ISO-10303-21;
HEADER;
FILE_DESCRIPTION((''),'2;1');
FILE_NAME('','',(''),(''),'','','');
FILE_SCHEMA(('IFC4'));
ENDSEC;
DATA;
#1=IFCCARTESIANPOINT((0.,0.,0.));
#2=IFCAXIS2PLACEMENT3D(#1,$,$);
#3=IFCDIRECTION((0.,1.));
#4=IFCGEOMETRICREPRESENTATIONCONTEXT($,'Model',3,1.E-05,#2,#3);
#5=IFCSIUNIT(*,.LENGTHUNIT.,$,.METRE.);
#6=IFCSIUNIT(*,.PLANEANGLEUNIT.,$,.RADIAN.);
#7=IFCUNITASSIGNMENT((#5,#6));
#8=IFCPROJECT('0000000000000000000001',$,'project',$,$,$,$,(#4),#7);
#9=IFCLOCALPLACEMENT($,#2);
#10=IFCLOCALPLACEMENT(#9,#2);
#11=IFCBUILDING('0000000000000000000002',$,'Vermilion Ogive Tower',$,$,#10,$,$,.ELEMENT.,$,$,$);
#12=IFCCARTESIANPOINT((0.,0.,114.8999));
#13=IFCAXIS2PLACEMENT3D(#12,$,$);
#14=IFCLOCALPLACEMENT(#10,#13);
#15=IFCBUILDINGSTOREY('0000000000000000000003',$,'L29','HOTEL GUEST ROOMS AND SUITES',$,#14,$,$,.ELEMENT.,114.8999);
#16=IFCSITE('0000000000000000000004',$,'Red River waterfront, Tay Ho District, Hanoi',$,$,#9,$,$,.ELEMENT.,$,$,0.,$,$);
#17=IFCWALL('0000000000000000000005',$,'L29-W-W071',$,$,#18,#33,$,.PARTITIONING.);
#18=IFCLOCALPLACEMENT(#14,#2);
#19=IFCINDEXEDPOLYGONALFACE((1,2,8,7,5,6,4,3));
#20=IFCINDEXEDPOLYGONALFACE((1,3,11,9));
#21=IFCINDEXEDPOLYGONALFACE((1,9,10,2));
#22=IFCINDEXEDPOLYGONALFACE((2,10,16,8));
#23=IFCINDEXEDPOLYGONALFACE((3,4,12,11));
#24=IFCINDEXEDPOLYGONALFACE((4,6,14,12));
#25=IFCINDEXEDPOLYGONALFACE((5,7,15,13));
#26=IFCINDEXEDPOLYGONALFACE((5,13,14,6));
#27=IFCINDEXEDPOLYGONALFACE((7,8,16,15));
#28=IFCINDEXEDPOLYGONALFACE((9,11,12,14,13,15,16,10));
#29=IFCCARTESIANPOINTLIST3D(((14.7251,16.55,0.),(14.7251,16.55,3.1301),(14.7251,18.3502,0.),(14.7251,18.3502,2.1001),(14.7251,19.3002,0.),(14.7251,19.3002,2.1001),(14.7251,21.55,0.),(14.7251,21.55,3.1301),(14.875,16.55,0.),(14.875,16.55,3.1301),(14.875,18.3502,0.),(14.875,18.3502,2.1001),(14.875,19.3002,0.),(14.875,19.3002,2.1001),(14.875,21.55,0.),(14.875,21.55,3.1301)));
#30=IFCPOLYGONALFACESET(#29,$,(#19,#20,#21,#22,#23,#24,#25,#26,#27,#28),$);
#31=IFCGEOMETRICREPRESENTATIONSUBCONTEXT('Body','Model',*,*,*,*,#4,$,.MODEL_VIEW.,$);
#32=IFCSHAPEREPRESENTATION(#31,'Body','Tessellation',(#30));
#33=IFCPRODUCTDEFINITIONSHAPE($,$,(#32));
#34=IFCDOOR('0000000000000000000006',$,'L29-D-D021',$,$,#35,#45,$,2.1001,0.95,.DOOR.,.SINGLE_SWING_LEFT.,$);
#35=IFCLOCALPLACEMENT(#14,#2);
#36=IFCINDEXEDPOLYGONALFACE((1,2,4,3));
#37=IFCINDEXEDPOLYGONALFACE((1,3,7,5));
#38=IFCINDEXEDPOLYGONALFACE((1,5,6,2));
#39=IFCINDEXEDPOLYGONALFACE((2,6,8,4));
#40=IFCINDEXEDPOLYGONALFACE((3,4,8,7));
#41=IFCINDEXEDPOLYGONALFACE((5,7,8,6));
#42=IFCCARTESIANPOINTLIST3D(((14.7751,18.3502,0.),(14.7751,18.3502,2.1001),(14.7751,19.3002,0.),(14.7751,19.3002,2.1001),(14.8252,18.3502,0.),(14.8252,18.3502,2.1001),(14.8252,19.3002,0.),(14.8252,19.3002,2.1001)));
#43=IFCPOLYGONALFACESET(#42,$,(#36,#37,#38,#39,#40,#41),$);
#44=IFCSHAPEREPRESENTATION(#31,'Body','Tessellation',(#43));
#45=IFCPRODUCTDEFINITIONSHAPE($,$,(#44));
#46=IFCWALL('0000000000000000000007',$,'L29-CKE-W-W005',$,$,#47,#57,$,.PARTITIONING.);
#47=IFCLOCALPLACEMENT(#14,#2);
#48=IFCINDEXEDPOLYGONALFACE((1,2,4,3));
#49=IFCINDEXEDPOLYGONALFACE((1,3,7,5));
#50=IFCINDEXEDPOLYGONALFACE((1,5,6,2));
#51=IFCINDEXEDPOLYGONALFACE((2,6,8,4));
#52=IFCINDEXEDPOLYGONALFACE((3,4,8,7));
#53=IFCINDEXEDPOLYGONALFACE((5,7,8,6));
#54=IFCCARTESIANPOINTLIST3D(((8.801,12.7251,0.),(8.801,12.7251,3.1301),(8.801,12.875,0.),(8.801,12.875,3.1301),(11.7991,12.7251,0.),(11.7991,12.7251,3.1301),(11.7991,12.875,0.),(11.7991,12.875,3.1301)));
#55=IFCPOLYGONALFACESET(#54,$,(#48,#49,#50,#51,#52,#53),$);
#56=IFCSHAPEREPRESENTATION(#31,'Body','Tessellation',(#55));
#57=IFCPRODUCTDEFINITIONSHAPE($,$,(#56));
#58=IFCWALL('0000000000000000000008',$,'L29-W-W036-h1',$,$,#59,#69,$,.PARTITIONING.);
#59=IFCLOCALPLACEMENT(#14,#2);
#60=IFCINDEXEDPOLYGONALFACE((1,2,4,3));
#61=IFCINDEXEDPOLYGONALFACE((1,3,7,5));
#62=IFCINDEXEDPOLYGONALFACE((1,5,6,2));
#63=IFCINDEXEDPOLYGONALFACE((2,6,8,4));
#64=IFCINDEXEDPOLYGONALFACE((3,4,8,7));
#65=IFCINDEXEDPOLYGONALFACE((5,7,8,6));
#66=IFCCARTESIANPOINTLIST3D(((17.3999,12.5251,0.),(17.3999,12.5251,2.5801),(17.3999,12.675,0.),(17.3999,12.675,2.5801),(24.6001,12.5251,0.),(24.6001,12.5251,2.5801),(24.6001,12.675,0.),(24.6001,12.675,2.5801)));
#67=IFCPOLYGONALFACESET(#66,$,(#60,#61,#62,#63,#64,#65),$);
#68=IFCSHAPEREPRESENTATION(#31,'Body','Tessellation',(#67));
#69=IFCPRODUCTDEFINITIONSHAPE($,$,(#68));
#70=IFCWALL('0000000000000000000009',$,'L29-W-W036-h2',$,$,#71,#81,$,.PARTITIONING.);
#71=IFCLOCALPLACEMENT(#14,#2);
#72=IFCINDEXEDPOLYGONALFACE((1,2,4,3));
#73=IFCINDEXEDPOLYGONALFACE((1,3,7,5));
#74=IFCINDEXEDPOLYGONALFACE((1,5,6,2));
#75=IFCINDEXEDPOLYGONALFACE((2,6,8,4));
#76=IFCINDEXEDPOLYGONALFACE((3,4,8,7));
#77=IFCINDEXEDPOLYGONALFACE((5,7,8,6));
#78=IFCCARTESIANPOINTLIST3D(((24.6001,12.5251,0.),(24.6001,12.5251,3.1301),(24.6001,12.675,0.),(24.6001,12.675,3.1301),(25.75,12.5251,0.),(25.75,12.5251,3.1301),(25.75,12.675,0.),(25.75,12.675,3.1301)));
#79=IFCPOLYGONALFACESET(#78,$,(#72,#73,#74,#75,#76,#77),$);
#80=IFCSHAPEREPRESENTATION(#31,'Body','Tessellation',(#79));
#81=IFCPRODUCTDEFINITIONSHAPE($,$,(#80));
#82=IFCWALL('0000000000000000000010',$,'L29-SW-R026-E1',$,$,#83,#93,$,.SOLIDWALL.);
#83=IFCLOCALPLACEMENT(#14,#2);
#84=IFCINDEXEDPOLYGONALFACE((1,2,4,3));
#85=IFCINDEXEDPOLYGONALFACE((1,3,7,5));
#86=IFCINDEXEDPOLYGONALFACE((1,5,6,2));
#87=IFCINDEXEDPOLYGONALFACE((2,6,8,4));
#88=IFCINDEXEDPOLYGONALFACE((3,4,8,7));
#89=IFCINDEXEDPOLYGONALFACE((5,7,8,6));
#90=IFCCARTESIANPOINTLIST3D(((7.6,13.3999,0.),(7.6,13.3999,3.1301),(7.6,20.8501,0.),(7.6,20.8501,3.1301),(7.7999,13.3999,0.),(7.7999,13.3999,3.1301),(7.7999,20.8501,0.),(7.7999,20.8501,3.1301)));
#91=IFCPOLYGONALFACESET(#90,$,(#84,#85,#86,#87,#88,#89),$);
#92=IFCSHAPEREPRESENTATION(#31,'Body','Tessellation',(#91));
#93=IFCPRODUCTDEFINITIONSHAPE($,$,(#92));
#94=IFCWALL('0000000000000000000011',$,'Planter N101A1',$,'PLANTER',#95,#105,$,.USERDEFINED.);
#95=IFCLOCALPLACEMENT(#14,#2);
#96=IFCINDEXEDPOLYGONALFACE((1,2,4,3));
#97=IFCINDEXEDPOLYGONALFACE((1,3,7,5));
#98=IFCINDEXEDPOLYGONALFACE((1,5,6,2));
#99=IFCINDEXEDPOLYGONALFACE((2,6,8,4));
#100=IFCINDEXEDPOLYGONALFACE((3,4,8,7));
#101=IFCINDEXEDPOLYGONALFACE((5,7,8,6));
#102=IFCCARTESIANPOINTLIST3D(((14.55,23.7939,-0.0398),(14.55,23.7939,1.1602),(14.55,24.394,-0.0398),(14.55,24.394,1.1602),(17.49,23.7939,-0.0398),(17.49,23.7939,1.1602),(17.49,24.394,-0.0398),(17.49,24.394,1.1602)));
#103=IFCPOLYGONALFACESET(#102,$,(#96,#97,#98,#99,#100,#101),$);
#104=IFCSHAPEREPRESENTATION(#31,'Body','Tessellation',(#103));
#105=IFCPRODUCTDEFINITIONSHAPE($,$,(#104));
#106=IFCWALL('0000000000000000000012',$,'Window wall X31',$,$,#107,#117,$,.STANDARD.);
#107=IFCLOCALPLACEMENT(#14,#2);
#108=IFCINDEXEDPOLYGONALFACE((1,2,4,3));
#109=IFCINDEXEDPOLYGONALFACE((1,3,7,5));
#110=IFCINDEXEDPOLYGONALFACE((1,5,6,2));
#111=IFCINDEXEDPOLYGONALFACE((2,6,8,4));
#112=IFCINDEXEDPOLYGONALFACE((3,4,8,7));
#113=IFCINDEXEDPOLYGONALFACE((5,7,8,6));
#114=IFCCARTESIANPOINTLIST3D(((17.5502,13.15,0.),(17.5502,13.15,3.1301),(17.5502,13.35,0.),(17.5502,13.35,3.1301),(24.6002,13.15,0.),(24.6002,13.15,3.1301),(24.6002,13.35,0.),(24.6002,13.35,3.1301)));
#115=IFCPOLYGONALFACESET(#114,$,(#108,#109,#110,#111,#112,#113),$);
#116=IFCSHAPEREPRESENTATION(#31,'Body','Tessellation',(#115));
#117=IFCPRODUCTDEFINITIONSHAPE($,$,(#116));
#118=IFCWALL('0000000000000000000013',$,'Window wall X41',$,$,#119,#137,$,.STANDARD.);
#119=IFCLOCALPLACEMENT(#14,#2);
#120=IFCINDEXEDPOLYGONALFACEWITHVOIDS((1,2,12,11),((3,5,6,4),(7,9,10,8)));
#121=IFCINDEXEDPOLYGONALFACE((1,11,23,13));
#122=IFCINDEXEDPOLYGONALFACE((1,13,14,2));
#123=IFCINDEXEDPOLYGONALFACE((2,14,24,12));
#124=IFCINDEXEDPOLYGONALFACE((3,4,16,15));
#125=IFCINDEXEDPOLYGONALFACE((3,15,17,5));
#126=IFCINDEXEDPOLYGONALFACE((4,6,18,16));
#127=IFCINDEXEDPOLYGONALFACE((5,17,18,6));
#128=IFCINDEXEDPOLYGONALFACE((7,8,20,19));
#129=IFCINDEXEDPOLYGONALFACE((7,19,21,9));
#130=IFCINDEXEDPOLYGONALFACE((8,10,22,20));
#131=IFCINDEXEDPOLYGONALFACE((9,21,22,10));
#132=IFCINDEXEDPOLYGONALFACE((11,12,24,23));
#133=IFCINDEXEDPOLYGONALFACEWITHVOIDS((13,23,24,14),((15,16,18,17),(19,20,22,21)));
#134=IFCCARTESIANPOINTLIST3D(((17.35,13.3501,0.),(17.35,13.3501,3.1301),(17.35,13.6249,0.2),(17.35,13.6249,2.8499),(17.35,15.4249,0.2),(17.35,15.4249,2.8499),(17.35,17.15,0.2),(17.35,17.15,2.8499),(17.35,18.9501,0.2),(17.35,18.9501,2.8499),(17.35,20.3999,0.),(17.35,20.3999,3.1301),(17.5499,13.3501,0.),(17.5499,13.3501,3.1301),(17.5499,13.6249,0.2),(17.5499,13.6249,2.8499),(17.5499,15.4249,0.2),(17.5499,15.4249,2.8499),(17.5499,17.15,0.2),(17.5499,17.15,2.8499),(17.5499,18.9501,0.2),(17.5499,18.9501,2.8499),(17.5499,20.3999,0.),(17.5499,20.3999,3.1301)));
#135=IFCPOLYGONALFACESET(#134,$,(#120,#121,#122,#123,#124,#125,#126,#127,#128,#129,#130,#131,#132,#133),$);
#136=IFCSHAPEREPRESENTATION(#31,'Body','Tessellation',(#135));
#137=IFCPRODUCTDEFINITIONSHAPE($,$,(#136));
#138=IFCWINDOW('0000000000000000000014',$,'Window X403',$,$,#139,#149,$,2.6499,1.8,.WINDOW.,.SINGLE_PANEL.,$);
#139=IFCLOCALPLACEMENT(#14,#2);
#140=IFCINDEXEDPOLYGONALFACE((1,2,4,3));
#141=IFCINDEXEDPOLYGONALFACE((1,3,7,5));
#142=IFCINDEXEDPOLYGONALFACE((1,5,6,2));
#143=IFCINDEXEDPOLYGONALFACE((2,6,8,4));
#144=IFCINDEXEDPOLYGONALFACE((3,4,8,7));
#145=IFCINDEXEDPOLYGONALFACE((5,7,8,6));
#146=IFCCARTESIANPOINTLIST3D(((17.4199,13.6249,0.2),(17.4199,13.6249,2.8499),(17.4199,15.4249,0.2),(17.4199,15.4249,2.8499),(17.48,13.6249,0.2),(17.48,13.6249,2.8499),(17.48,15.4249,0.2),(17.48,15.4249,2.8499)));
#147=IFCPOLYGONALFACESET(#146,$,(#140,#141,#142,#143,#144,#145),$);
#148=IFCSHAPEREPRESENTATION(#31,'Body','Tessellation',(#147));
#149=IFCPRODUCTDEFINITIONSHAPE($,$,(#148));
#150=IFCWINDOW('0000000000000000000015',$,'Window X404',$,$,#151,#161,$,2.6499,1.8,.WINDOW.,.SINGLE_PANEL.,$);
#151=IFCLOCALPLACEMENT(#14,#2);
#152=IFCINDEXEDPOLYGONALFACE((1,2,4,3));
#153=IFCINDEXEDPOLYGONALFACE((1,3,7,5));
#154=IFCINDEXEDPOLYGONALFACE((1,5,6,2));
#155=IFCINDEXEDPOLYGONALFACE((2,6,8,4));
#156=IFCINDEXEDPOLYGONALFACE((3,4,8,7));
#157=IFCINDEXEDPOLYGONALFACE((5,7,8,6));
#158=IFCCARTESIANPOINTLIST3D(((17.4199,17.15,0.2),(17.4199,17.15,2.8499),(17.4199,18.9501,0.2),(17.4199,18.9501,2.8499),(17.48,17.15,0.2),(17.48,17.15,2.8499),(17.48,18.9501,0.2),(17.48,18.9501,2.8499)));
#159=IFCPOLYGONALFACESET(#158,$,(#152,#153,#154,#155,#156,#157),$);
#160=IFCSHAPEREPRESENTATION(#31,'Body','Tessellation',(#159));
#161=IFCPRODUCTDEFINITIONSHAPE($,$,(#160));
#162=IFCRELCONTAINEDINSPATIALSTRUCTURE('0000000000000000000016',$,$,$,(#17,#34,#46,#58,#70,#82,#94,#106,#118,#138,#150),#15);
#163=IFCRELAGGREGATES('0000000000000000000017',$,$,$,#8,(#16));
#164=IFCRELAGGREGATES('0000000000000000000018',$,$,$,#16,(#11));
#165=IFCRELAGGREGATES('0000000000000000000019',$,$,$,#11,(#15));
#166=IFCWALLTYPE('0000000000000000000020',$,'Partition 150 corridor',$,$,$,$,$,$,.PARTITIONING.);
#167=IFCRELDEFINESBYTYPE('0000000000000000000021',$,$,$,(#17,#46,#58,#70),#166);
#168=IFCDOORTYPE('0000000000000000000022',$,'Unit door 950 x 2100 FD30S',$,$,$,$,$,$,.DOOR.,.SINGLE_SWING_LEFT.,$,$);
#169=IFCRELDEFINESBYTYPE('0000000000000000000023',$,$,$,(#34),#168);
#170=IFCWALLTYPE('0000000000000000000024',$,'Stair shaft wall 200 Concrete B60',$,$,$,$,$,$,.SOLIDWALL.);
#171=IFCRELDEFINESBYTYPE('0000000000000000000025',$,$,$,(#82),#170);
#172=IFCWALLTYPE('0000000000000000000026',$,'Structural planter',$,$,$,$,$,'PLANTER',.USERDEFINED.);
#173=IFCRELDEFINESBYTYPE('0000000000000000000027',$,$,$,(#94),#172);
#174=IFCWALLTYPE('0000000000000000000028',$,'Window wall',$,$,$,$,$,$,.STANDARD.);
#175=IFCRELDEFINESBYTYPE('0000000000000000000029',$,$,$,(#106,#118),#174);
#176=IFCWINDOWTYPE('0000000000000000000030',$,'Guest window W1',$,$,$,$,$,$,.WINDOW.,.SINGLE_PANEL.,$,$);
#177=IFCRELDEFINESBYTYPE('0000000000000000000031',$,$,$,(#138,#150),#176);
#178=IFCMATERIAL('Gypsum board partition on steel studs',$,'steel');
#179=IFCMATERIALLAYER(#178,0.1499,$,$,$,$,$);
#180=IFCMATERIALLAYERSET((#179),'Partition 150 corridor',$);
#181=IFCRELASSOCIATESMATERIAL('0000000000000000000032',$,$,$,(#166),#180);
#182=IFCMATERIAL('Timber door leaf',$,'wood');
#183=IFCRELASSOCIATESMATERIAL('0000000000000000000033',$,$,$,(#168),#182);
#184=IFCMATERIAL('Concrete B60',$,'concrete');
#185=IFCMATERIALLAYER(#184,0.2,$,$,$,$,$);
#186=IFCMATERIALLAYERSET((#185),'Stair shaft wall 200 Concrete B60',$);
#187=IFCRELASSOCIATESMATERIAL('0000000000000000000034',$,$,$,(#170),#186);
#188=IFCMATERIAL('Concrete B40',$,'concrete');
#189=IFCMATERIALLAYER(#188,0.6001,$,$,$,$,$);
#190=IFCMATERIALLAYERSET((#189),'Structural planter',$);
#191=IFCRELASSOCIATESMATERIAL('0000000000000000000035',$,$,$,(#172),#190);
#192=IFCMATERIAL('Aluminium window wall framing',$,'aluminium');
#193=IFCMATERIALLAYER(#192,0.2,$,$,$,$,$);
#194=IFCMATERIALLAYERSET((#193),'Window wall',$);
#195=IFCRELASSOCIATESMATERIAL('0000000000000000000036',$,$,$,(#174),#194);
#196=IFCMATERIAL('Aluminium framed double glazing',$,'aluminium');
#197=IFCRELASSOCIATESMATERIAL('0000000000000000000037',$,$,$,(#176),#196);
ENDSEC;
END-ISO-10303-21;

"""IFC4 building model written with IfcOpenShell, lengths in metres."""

from ifc_helpers import new_model, si_unit, direction, frame, frame_2d, origin, place, context, subcontext, project, spatial, rectangle, extrude, material, layer, layer_set, type_object, element, fill, save


model = new_model("IFC4")

# Units and contexts
model_context = context("Model", 3, precision=1e-05, world=origin(), true_north=direction((0.0, 1.0)))
body_context = subcontext(model_context, "Body", "Model", "MODEL_VIEW")
ifc_project = project(units=[si_unit("LENGTHUNIT", "METRE"), si_unit("PLANEANGLEUNIT", "RADIAN")], contexts=[model_context])

# Site, building, storey
site_placement = place(None, origin())
site = spatial("IfcSite", under=ifc_project, at=site_placement, Name="Red River waterfront, Tay Ho District, Hanoi", CompositionType="ELEMENT", RefElevation=0.0)
building_placement = place(site_placement, origin())
building = spatial("IfcBuilding", under=site, at=building_placement, Name="Vermilion Ogive Tower", CompositionType="ELEMENT")
storey_placement = place(building_placement, frame((0.0, 0.0, 114.8999)))
storey = spatial("IfcBuildingStorey", under=building, at=storey_placement, Name="L29", Description="HOTEL GUEST ROOMS AND SUITES", CompositionType="ELEMENT", Elevation=114.8999)

# Shared definitions
ifc_material_1 = material(Name="Gypsum board partition on steel studs", Category="steel")
ifc_layer_1 = layer(ifc_material_1, 0.1499)
ifc_layer_set_1 = layer_set([ifc_layer_1], Name="Partition 150 corridor")
wall_type_1 = type_object("IfcWallType", Name="Partition 150 corridor", PredefinedType="PARTITIONING", material=ifc_layer_set_1)

# Wall, opening, door
wall_1_placement = place(storey_placement, frame((14.8, 16.55, 0.0), z_axis=(0.0, 0.0, 1.0), x_axis=(0.0, 1.0, 0.0)))
wall_1 = element("IfcWall", 1, at=wall_1_placement, inside=storey, type_object=wall_type_1, Name="L29-W-W071", PredefinedType="PARTITIONING", context=body_context, shape_type="SweptSolid", body=[
    extrude(rectangle(XDim=5.0, YDim=0.1499, at=frame_2d((2.5, 0.0))), origin(), (0.0, 0.0, 1.0), 3.1301),
])
opening_1_placement = place(wall_1_placement, frame((1.8, 0.0, 0.0)))
opening_1 = element("IfcOpeningElement", 2, at=opening_1_placement, cuts=wall_1, PredefinedType="OPENING", context=body_context, shape_type="SweptSolid", body=[
    extrude(rectangle(XDim=0.95, YDim=2.1001, at=frame_2d((0.4751, 1.05))), frame((0.0, 0.085, 0.0), z_axis=(0.0, -1.0, 0.0), x_axis=(1.0, 0.0, 0.0)), (0.0, 0.0, 1.0), 0.1699),
])
ifc_material_2 = material(Name="Timber door leaf", Category="wood")
door_type_1 = type_object("IfcDoorType", Name="Unit door 950 x 2100 FD30S", OperationType="SINGLE_SWING_LEFT", PredefinedType="DOOR", material=ifc_material_2)
door_1_placement = place(opening_1_placement, origin())
door_1 = element("IfcDoor", 3, at=door_1_placement, inside=storey, type_object=door_type_1, Name="L29-D-D021", OperationType="SINGLE_SWING_LEFT", OverallHeight=2.1001, OverallWidth=0.95, PredefinedType="DOOR", context=body_context, shape_type="SweptSolid", body=[
    extrude(rectangle(XDim=0.95, YDim=2.1001, at=frame_2d((0.4751, 1.05))), frame((0.0, 0.0249, 0.0), z_axis=(0.0, -1.0, 0.0), x_axis=(1.0, 0.0, 0.0)), (0.0, 0.0, 1.0), 0.05),
])
fill(opening_1, door_1)

# Walls
wall_2_placement = place(storey_placement, frame((8.801, 12.8, 0.0), z_axis=(0.0, 0.0, 1.0), x_axis=(1.0, 0.0, 0.0)))
element("IfcWall", 4, at=wall_2_placement, inside=storey, type_object=wall_type_1, Name="L29-CKE-W-W005", PredefinedType="PARTITIONING", context=body_context, shape_type="SweptSolid", body=[
    extrude(rectangle(XDim=2.998, YDim=0.1499, at=frame_2d((1.499, 0.0))), origin(), (0.0, 0.0, 1.0), 3.1301),
])
wall_3_placement = place(storey_placement, frame((17.3999, 12.6001, 0.0), z_axis=(0.0, 0.0, 1.0), x_axis=(1.0, 0.0, 0.0)))
element("IfcWall", 5, at=wall_3_placement, inside=storey, type_object=wall_type_1, Name="L29-W-W036-h1", PredefinedType="PARTITIONING", context=body_context, shape_type="SweptSolid", body=[
    extrude(rectangle(XDim=7.2002, YDim=0.1499, at=frame_2d((3.6001, 0.0))), origin(), (0.0, 0.0, 1.0), 2.5801),
])
wall_4_placement = place(storey_placement, frame((24.6001, 12.6001, 0.0), z_axis=(0.0, 0.0, 1.0), x_axis=(1.0, 0.0, 0.0)))
element("IfcWall", 6, at=wall_4_placement, inside=storey, type_object=wall_type_1, Name="L29-W-W036-h2", PredefinedType="PARTITIONING", context=body_context, shape_type="SweptSolid", body=[
    extrude(rectangle(XDim=1.1499, YDim=0.1499, at=frame_2d((0.575, 0.0))), origin(), (0.0, 0.0, 1.0), 3.1301),
])
ifc_material_3 = material(Name="Concrete B60", Category="concrete")
ifc_layer_2 = layer(ifc_material_3, 0.2)
ifc_layer_set_2 = layer_set([ifc_layer_2], Name="Stair shaft wall 200 Concrete B60")
wall_type_2 = type_object("IfcWallType", Name="Stair shaft wall 200 Concrete B60", PredefinedType="SOLIDWALL", material=ifc_layer_set_2)
wall_5_placement = place(storey_placement, frame((7.7, 13.3999, 0.0), z_axis=(0.0, 0.0, 1.0), x_axis=(0.0, 1.0, 0.0)))
element("IfcWall", 7, at=wall_5_placement, inside=storey, type_object=wall_type_2, Name="L29-SW-R026-E1", PredefinedType="SOLIDWALL", context=body_context, shape_type="SweptSolid", body=[
    extrude(rectangle(XDim=7.4502, YDim=0.2, at=frame_2d((3.7251, 0.0))), origin(), (0.0, 0.0, 1.0), 3.1301),
])
ifc_material_4 = material(Name="Concrete B40", Category="concrete")
ifc_layer_3 = layer(ifc_material_4, 0.6001)
ifc_layer_set_3 = layer_set([ifc_layer_3], Name="Structural planter")
wall_type_3 = type_object("IfcWallType", Name="Structural planter", ElementType="PLANTER", PredefinedType="USERDEFINED", material=ifc_layer_set_3)
wall_6_placement = place(storey_placement, frame((17.49, 24.094, -0.0398), z_axis=(0.0, 0.0, 1.0), x_axis=(-1.0, 0.0, 0.0)))
element("IfcWall", 8, at=wall_6_placement, inside=storey, type_object=wall_type_3, Name="Planter N101A1", ObjectType="PLANTER", PredefinedType="USERDEFINED", context=body_context, shape_type="SweptSolid", body=[
    extrude(rectangle(XDim=2.9399, YDim=0.6001, at=frame_2d((1.47, 0.0))), origin(), (0.0, 0.0, 1.0), 1.2),
])
ifc_material_5 = material(Name="Aluminium window wall framing", Category="aluminium")
ifc_layer_4 = layer(ifc_material_5, 0.2)
ifc_layer_set_4 = layer_set([ifc_layer_4], Name="Window wall")
wall_type_4 = type_object("IfcWallType", Name="Window wall", PredefinedType="STANDARD", material=ifc_layer_set_4)
wall_7_placement = place(storey_placement, frame((24.6001, 13.25, 0.0), z_axis=(0.0, 0.0, 1.0), x_axis=(-1.0, 0.0, 0.0)))
element("IfcWall", 9, at=wall_7_placement, inside=storey, type_object=wall_type_4, Name="Window wall X31", PredefinedType="STANDARD", context=body_context, shape_type="SweptSolid", body=[
    extrude(rectangle(XDim=7.05, YDim=0.2, at=frame_2d((3.5249, 0.0))), origin(), (0.0, 0.0, 1.0), 3.1301),
])

# Wall, openings, windows
wall_8_placement = place(storey_placement, frame((17.45, 13.3501, 0.0), z_axis=(0.0, 0.0, 1.0), x_axis=(0.0, 1.0, 0.0)))
wall_8 = element("IfcWall", 10, at=wall_8_placement, inside=storey, type_object=wall_type_4, Name="Window wall X41", PredefinedType="STANDARD", context=body_context, shape_type="SweptSolid", body=[
    extrude(rectangle(XDim=7.0498, YDim=0.2, at=frame_2d((3.5249, 0.0))), origin(), (0.0, 0.0, 1.0), 3.1301),
])
opening_2_placement = place(wall_8_placement, frame((0.2749, 0.0, 0.2)))
opening_2 = element("IfcOpeningElement", 11, at=opening_2_placement, cuts=wall_8, PredefinedType="OPENING", context=body_context, shape_type="SweptSolid", body=[
    extrude(rectangle(XDim=1.8, YDim=2.6499, at=frame_2d((0.8999, 1.325))), frame((0.0, 0.1099, 0.0), z_axis=(0.0, -1.0, 0.0), x_axis=(1.0, 0.0, 0.0)), (0.0, 0.0, 1.0), 0.22),
])
opening_3_placement = place(wall_8_placement, frame((3.8, 0.0, 0.2)))
opening_3 = element("IfcOpeningElement", 12, at=opening_3_placement, cuts=wall_8, PredefinedType="OPENING", context=body_context, shape_type="SweptSolid", body=[
    extrude(rectangle(XDim=1.8, YDim=2.6499, at=frame_2d((0.8999, 1.325))), frame((0.0, 0.1099, 0.0), z_axis=(0.0, -1.0, 0.0), x_axis=(1.0, 0.0, 0.0)), (0.0, 0.0, 1.0), 0.22),
])
ifc_material_6 = material(Name="Aluminium framed double glazing", Category="aluminium")
window_type = type_object("IfcWindowType", Name="Guest window W1", PartitioningType="SINGLE_PANEL", PredefinedType="WINDOW", material=ifc_material_6)
window_1_placement = place(opening_2_placement, origin())
window_1 = element("IfcWindow", 13, at=window_1_placement, inside=storey, type_object=window_type, Name="Window X403", OverallHeight=2.6499, OverallWidth=1.8, PartitioningType="SINGLE_PANEL", PredefinedType="WINDOW", context=body_context, shape_type="SweptSolid", body=[
    extrude(rectangle(XDim=1.8, YDim=2.6499, at=frame_2d((0.8999, 1.325))), frame((0.0, 0.03, 0.0), z_axis=(0.0, -1.0, 0.0), x_axis=(1.0, 0.0, 0.0)), (0.0, 0.0, 1.0), 0.0601),
])
fill(opening_2, window_1)
window_2_placement = place(opening_3_placement, origin())
window_2 = element("IfcWindow", 14, at=window_2_placement, inside=storey, type_object=window_type, Name="Window X404", OverallHeight=2.6499, OverallWidth=1.8, PartitioningType="SINGLE_PANEL", PredefinedType="WINDOW", context=body_context, shape_type="SweptSolid", body=[
    extrude(rectangle(XDim=1.8, YDim=2.6499, at=frame_2d((0.8999, 1.325))), frame((0.0, 0.03, 0.0), z_axis=(0.0, -1.0, 0.0), x_axis=(1.0, 0.0, 0.0)), (0.0, 0.0, 1.0), 0.0601),
])
fill(opening_3, window_2)

save(model, "model.ifc")
